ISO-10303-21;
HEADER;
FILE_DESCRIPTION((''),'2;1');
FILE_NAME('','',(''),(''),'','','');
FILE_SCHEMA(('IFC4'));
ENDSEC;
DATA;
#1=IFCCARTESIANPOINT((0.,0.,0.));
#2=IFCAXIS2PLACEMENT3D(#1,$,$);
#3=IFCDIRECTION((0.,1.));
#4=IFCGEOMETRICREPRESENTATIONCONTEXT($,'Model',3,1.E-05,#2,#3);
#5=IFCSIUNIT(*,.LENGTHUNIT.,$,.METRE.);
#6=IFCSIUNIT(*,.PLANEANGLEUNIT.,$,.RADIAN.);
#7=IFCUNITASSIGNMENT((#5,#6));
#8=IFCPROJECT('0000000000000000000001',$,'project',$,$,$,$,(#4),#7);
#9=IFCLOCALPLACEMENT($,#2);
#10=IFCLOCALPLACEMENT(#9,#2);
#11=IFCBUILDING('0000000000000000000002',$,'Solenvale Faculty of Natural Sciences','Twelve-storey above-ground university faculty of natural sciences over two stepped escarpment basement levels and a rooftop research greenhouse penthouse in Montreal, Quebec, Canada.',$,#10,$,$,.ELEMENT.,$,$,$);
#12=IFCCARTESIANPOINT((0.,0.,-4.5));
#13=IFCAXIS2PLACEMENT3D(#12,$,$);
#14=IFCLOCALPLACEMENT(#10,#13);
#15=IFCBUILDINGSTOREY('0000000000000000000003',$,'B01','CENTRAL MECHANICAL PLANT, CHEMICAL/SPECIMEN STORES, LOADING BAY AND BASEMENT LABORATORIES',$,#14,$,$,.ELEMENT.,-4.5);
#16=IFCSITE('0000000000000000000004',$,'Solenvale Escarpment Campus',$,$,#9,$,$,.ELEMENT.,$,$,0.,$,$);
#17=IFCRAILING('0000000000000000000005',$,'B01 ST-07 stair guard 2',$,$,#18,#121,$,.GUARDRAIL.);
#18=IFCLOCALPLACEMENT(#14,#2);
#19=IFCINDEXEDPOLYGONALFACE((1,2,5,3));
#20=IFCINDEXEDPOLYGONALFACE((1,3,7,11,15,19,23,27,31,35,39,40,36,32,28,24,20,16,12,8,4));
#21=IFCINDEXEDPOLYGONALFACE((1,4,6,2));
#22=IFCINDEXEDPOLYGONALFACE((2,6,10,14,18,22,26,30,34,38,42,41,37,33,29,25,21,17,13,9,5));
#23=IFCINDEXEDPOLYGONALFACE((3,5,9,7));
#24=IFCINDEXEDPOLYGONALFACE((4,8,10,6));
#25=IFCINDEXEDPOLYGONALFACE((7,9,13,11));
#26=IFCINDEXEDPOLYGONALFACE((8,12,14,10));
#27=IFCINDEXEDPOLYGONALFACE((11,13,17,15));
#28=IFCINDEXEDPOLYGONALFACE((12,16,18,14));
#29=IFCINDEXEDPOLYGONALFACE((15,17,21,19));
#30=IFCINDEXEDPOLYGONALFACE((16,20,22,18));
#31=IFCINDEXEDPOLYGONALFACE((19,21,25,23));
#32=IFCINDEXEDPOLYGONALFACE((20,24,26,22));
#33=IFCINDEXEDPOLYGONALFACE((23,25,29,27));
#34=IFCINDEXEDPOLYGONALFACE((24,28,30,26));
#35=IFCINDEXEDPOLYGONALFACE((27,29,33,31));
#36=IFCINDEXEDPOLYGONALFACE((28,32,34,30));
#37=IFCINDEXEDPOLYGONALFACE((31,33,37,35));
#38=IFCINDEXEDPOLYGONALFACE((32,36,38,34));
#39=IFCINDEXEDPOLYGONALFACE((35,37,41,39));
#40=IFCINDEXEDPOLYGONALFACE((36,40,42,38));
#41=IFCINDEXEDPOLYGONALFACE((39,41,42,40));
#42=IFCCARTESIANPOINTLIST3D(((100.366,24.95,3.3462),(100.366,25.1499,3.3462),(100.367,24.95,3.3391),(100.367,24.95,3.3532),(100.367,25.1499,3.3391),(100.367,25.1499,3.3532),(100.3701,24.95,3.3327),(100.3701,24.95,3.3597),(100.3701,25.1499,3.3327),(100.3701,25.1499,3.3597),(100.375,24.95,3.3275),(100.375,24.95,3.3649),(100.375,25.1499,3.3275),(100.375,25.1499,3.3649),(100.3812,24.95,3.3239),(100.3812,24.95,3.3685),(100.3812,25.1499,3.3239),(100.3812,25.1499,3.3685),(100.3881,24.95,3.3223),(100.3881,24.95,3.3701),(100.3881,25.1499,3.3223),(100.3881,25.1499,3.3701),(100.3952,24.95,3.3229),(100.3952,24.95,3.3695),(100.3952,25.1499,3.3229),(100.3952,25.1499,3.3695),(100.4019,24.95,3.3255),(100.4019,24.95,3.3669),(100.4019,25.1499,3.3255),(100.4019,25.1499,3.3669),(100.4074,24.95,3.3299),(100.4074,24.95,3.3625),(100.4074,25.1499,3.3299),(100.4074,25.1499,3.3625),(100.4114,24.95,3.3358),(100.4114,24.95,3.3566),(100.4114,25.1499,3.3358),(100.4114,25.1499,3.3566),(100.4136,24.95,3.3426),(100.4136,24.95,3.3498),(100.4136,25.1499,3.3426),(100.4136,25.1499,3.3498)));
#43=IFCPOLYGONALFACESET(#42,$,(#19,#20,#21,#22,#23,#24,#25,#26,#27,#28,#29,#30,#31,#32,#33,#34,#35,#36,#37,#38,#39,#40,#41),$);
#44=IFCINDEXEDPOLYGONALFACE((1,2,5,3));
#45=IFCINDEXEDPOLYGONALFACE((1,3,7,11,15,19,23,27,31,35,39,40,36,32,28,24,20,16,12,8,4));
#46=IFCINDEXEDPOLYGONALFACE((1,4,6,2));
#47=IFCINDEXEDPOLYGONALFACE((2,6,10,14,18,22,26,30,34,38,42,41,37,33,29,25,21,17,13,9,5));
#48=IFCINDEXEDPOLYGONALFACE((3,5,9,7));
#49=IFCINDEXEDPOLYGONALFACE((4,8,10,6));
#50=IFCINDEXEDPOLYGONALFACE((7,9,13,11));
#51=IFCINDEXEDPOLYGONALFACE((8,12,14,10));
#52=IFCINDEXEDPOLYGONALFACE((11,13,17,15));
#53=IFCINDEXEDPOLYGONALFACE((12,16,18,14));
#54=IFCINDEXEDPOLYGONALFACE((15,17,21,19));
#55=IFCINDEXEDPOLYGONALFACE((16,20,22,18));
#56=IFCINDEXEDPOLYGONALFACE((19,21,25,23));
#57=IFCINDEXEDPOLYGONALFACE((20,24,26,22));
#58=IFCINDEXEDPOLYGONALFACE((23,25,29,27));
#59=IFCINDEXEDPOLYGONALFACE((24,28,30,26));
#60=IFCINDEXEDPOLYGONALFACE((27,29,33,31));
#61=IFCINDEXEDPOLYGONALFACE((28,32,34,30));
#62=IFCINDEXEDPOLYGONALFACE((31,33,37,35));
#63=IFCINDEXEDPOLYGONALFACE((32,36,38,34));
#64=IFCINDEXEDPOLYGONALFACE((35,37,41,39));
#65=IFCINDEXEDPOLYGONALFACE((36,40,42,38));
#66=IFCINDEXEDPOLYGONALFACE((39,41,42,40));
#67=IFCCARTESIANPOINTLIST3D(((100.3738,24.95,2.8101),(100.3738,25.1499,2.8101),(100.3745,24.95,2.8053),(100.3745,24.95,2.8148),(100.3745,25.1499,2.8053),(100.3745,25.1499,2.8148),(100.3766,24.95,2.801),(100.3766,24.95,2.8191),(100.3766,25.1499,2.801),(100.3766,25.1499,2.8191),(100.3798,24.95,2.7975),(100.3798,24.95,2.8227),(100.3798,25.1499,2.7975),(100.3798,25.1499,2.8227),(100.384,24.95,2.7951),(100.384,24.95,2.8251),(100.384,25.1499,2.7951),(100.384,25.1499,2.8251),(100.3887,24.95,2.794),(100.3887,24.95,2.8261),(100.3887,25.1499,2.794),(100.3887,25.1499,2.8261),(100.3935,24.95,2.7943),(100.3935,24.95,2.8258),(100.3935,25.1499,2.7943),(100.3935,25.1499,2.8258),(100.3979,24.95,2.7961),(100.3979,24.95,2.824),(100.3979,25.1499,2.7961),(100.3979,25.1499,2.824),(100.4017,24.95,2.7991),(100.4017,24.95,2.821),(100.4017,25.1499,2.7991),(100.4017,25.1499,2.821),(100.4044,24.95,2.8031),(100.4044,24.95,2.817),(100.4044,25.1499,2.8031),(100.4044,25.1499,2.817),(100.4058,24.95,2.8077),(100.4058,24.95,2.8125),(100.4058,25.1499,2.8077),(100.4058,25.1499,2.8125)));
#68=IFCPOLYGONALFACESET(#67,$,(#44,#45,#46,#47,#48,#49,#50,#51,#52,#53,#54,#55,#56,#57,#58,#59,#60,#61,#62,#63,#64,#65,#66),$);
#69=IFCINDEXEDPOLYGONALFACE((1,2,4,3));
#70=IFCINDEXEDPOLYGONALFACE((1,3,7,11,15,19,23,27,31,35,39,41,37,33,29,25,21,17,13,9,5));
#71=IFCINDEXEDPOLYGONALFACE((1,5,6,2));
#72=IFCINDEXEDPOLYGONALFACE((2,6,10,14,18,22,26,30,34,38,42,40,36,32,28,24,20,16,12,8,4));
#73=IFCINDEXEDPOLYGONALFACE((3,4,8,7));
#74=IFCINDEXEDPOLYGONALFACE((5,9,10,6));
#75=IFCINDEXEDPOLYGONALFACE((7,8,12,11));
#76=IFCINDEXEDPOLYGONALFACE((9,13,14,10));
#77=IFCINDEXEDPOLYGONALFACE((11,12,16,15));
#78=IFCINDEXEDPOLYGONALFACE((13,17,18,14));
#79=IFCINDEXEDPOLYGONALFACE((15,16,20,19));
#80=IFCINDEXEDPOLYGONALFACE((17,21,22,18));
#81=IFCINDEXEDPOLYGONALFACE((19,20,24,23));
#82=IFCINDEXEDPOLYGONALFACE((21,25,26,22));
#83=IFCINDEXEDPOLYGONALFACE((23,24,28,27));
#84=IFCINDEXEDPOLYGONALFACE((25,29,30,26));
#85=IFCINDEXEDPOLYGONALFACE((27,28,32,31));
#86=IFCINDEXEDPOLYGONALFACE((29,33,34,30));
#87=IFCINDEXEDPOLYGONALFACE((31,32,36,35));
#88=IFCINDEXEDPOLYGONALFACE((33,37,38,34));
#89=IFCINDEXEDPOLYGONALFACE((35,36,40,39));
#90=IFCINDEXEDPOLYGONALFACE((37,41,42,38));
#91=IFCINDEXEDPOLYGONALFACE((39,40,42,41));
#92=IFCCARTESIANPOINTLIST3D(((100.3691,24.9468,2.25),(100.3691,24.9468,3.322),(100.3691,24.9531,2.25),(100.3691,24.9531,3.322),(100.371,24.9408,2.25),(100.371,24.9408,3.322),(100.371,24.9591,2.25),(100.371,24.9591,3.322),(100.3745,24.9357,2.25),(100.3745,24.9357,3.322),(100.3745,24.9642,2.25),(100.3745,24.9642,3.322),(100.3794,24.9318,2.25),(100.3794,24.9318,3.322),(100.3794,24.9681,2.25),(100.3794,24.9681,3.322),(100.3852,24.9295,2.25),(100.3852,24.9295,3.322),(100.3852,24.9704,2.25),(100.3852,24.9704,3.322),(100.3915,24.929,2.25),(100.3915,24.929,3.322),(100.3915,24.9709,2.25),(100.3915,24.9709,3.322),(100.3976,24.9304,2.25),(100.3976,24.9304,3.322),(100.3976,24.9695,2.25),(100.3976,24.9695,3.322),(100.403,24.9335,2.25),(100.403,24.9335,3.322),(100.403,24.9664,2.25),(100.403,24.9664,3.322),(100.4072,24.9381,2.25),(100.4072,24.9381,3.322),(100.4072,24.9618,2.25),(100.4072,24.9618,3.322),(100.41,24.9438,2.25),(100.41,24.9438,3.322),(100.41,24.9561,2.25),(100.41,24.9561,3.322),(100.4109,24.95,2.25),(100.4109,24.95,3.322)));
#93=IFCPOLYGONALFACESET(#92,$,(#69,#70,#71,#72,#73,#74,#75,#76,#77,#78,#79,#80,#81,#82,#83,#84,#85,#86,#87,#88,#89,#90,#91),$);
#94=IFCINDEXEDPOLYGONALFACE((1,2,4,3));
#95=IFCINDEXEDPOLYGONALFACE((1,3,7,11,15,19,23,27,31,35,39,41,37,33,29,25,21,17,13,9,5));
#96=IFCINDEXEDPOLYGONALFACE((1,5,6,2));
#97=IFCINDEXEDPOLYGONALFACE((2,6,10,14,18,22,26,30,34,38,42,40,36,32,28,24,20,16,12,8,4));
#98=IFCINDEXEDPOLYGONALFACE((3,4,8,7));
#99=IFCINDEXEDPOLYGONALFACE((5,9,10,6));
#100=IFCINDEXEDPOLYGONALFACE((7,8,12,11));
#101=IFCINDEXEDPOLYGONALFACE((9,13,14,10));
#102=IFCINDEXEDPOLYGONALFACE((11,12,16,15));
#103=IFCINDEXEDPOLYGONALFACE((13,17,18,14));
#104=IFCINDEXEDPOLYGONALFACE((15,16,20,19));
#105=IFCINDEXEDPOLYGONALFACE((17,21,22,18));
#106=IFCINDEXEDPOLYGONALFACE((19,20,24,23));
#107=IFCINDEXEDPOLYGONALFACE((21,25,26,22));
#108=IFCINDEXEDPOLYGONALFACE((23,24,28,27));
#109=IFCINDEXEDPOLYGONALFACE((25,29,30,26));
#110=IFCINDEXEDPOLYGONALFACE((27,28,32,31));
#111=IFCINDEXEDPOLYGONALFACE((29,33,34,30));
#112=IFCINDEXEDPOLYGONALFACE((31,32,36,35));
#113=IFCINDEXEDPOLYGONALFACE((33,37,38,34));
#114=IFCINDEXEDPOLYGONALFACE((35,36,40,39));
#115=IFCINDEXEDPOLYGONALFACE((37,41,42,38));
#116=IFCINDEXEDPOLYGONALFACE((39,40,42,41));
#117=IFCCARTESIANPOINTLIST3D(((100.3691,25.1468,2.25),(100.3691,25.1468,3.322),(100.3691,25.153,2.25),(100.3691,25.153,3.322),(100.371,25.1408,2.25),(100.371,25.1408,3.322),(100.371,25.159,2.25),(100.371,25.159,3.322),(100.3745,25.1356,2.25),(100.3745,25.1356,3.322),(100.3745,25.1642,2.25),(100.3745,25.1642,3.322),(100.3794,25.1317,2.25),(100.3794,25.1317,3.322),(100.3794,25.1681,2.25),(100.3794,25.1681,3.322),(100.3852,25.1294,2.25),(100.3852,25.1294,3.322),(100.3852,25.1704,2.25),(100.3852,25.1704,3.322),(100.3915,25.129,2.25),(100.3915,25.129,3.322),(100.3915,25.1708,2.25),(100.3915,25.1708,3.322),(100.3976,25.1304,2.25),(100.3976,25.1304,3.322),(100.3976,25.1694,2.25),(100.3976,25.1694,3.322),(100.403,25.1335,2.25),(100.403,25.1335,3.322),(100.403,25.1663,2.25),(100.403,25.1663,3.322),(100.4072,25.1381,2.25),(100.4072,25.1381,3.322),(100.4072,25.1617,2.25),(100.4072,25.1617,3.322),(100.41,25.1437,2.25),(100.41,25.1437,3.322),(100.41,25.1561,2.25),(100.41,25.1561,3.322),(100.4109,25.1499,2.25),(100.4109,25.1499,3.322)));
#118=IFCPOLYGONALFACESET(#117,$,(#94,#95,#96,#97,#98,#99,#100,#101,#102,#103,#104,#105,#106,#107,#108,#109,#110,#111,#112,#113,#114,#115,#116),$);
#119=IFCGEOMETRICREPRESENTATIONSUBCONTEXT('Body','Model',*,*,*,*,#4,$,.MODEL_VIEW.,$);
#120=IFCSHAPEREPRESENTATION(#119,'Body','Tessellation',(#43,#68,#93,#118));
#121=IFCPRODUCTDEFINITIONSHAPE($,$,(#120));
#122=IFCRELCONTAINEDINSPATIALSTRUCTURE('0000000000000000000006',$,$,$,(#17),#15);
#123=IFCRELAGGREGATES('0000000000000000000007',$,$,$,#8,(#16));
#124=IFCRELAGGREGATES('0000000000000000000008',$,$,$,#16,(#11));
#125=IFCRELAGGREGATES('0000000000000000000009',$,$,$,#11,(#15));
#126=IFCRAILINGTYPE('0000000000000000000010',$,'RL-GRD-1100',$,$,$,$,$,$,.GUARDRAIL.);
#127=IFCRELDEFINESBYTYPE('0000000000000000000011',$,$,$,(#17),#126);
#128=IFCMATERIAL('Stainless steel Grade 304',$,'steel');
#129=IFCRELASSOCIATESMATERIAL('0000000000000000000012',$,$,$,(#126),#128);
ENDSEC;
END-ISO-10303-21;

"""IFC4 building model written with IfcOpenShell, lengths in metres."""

from ifc_helpers import new_model, si_unit, direction, frame, origin, origin_2d, place, context, subcontext, project, spatial, circle, extrude, material, type_object, element, save


model = new_model("IFC4")

# Units and contexts
model_context = context("Model", 3, precision=1e-05, world=origin(), true_north=direction((0.0, 1.0)))
body_context = subcontext(model_context, "Body", "Model", "MODEL_VIEW")
ifc_project = project(units=[si_unit("LENGTHUNIT", "METRE"), si_unit("PLANEANGLEUNIT", "RADIAN")], contexts=[model_context])

# Site, building, storey
site_placement = place(None, origin())
site = spatial("IfcSite", under=ifc_project, at=site_placement, Name="Solenvale Escarpment Campus", CompositionType="ELEMENT", RefElevation=0.0)
building_placement = place(site_placement, origin())
building = spatial("IfcBuilding", under=site, at=building_placement, Name="Solenvale Faculty of Natural Sciences", Description="Twelve-storey above-ground university faculty of natural sciences over two stepped escarpment basement levels and a rooftop research greenhouse penthouse in Montreal, Quebec, Canada.", CompositionType="ELEMENT")
storey_placement = place(building_placement, frame((0.0, 0.0, -4.5)))
storey = spatial("IfcBuildingStorey", under=building, at=storey_placement, Name="B01", Description="CENTRAL MECHANICAL PLANT, CHEMICAL/SPECIMEN STORES, LOADING BAY AND BASEMENT LABORATORIES", CompositionType="ELEMENT", Elevation=-4.5)

# Railing
ifc_material_1 = material(Name="Stainless steel Grade 304", Category="steel")
railing_type_1 = type_object("IfcRailingType", Name="RL-GRD-1100", PredefinedType="GUARDRAIL", material=ifc_material_1)
railing_1_placement = place(storey_placement, frame((100.3899, 24.95, 2.25)))
element("IfcRailing", 1, at=railing_1_placement, inside=storey, type_object=railing_type_1, Name="B01 ST-07 stair guard 2", PredefinedType="GUARDRAIL", context=body_context, shape_type="SweptSolid", body=[
    extrude(circle(Radius=0.0239, at=origin_2d()), frame((0.0, 0.0, 1.0962), z_axis=(0.0, 1.0, 0.0), x_axis=(-1.0, 0.0, 0.0)), (0.0, 0.0, 1.0), 0.2),
    extrude(circle(Radius=0.0161, at=origin_2d()), frame((0.0, 0.0, 0.5601), z_axis=(0.0, 1.0, 0.0), x_axis=(-1.0, 0.0, 0.0)), (0.0, 0.0, 1.0), 0.2),
    extrude(circle(Radius=0.021, at=origin_2d()), origin(), (0.0, 0.0, 1.0), 1.072),
    extrude(circle(Radius=0.021, at=origin_2d()), frame((0.0, 0.2, 0.0)), (0.0, 0.0, 1.0), 1.072),
])

save(model, "model.ifc")
